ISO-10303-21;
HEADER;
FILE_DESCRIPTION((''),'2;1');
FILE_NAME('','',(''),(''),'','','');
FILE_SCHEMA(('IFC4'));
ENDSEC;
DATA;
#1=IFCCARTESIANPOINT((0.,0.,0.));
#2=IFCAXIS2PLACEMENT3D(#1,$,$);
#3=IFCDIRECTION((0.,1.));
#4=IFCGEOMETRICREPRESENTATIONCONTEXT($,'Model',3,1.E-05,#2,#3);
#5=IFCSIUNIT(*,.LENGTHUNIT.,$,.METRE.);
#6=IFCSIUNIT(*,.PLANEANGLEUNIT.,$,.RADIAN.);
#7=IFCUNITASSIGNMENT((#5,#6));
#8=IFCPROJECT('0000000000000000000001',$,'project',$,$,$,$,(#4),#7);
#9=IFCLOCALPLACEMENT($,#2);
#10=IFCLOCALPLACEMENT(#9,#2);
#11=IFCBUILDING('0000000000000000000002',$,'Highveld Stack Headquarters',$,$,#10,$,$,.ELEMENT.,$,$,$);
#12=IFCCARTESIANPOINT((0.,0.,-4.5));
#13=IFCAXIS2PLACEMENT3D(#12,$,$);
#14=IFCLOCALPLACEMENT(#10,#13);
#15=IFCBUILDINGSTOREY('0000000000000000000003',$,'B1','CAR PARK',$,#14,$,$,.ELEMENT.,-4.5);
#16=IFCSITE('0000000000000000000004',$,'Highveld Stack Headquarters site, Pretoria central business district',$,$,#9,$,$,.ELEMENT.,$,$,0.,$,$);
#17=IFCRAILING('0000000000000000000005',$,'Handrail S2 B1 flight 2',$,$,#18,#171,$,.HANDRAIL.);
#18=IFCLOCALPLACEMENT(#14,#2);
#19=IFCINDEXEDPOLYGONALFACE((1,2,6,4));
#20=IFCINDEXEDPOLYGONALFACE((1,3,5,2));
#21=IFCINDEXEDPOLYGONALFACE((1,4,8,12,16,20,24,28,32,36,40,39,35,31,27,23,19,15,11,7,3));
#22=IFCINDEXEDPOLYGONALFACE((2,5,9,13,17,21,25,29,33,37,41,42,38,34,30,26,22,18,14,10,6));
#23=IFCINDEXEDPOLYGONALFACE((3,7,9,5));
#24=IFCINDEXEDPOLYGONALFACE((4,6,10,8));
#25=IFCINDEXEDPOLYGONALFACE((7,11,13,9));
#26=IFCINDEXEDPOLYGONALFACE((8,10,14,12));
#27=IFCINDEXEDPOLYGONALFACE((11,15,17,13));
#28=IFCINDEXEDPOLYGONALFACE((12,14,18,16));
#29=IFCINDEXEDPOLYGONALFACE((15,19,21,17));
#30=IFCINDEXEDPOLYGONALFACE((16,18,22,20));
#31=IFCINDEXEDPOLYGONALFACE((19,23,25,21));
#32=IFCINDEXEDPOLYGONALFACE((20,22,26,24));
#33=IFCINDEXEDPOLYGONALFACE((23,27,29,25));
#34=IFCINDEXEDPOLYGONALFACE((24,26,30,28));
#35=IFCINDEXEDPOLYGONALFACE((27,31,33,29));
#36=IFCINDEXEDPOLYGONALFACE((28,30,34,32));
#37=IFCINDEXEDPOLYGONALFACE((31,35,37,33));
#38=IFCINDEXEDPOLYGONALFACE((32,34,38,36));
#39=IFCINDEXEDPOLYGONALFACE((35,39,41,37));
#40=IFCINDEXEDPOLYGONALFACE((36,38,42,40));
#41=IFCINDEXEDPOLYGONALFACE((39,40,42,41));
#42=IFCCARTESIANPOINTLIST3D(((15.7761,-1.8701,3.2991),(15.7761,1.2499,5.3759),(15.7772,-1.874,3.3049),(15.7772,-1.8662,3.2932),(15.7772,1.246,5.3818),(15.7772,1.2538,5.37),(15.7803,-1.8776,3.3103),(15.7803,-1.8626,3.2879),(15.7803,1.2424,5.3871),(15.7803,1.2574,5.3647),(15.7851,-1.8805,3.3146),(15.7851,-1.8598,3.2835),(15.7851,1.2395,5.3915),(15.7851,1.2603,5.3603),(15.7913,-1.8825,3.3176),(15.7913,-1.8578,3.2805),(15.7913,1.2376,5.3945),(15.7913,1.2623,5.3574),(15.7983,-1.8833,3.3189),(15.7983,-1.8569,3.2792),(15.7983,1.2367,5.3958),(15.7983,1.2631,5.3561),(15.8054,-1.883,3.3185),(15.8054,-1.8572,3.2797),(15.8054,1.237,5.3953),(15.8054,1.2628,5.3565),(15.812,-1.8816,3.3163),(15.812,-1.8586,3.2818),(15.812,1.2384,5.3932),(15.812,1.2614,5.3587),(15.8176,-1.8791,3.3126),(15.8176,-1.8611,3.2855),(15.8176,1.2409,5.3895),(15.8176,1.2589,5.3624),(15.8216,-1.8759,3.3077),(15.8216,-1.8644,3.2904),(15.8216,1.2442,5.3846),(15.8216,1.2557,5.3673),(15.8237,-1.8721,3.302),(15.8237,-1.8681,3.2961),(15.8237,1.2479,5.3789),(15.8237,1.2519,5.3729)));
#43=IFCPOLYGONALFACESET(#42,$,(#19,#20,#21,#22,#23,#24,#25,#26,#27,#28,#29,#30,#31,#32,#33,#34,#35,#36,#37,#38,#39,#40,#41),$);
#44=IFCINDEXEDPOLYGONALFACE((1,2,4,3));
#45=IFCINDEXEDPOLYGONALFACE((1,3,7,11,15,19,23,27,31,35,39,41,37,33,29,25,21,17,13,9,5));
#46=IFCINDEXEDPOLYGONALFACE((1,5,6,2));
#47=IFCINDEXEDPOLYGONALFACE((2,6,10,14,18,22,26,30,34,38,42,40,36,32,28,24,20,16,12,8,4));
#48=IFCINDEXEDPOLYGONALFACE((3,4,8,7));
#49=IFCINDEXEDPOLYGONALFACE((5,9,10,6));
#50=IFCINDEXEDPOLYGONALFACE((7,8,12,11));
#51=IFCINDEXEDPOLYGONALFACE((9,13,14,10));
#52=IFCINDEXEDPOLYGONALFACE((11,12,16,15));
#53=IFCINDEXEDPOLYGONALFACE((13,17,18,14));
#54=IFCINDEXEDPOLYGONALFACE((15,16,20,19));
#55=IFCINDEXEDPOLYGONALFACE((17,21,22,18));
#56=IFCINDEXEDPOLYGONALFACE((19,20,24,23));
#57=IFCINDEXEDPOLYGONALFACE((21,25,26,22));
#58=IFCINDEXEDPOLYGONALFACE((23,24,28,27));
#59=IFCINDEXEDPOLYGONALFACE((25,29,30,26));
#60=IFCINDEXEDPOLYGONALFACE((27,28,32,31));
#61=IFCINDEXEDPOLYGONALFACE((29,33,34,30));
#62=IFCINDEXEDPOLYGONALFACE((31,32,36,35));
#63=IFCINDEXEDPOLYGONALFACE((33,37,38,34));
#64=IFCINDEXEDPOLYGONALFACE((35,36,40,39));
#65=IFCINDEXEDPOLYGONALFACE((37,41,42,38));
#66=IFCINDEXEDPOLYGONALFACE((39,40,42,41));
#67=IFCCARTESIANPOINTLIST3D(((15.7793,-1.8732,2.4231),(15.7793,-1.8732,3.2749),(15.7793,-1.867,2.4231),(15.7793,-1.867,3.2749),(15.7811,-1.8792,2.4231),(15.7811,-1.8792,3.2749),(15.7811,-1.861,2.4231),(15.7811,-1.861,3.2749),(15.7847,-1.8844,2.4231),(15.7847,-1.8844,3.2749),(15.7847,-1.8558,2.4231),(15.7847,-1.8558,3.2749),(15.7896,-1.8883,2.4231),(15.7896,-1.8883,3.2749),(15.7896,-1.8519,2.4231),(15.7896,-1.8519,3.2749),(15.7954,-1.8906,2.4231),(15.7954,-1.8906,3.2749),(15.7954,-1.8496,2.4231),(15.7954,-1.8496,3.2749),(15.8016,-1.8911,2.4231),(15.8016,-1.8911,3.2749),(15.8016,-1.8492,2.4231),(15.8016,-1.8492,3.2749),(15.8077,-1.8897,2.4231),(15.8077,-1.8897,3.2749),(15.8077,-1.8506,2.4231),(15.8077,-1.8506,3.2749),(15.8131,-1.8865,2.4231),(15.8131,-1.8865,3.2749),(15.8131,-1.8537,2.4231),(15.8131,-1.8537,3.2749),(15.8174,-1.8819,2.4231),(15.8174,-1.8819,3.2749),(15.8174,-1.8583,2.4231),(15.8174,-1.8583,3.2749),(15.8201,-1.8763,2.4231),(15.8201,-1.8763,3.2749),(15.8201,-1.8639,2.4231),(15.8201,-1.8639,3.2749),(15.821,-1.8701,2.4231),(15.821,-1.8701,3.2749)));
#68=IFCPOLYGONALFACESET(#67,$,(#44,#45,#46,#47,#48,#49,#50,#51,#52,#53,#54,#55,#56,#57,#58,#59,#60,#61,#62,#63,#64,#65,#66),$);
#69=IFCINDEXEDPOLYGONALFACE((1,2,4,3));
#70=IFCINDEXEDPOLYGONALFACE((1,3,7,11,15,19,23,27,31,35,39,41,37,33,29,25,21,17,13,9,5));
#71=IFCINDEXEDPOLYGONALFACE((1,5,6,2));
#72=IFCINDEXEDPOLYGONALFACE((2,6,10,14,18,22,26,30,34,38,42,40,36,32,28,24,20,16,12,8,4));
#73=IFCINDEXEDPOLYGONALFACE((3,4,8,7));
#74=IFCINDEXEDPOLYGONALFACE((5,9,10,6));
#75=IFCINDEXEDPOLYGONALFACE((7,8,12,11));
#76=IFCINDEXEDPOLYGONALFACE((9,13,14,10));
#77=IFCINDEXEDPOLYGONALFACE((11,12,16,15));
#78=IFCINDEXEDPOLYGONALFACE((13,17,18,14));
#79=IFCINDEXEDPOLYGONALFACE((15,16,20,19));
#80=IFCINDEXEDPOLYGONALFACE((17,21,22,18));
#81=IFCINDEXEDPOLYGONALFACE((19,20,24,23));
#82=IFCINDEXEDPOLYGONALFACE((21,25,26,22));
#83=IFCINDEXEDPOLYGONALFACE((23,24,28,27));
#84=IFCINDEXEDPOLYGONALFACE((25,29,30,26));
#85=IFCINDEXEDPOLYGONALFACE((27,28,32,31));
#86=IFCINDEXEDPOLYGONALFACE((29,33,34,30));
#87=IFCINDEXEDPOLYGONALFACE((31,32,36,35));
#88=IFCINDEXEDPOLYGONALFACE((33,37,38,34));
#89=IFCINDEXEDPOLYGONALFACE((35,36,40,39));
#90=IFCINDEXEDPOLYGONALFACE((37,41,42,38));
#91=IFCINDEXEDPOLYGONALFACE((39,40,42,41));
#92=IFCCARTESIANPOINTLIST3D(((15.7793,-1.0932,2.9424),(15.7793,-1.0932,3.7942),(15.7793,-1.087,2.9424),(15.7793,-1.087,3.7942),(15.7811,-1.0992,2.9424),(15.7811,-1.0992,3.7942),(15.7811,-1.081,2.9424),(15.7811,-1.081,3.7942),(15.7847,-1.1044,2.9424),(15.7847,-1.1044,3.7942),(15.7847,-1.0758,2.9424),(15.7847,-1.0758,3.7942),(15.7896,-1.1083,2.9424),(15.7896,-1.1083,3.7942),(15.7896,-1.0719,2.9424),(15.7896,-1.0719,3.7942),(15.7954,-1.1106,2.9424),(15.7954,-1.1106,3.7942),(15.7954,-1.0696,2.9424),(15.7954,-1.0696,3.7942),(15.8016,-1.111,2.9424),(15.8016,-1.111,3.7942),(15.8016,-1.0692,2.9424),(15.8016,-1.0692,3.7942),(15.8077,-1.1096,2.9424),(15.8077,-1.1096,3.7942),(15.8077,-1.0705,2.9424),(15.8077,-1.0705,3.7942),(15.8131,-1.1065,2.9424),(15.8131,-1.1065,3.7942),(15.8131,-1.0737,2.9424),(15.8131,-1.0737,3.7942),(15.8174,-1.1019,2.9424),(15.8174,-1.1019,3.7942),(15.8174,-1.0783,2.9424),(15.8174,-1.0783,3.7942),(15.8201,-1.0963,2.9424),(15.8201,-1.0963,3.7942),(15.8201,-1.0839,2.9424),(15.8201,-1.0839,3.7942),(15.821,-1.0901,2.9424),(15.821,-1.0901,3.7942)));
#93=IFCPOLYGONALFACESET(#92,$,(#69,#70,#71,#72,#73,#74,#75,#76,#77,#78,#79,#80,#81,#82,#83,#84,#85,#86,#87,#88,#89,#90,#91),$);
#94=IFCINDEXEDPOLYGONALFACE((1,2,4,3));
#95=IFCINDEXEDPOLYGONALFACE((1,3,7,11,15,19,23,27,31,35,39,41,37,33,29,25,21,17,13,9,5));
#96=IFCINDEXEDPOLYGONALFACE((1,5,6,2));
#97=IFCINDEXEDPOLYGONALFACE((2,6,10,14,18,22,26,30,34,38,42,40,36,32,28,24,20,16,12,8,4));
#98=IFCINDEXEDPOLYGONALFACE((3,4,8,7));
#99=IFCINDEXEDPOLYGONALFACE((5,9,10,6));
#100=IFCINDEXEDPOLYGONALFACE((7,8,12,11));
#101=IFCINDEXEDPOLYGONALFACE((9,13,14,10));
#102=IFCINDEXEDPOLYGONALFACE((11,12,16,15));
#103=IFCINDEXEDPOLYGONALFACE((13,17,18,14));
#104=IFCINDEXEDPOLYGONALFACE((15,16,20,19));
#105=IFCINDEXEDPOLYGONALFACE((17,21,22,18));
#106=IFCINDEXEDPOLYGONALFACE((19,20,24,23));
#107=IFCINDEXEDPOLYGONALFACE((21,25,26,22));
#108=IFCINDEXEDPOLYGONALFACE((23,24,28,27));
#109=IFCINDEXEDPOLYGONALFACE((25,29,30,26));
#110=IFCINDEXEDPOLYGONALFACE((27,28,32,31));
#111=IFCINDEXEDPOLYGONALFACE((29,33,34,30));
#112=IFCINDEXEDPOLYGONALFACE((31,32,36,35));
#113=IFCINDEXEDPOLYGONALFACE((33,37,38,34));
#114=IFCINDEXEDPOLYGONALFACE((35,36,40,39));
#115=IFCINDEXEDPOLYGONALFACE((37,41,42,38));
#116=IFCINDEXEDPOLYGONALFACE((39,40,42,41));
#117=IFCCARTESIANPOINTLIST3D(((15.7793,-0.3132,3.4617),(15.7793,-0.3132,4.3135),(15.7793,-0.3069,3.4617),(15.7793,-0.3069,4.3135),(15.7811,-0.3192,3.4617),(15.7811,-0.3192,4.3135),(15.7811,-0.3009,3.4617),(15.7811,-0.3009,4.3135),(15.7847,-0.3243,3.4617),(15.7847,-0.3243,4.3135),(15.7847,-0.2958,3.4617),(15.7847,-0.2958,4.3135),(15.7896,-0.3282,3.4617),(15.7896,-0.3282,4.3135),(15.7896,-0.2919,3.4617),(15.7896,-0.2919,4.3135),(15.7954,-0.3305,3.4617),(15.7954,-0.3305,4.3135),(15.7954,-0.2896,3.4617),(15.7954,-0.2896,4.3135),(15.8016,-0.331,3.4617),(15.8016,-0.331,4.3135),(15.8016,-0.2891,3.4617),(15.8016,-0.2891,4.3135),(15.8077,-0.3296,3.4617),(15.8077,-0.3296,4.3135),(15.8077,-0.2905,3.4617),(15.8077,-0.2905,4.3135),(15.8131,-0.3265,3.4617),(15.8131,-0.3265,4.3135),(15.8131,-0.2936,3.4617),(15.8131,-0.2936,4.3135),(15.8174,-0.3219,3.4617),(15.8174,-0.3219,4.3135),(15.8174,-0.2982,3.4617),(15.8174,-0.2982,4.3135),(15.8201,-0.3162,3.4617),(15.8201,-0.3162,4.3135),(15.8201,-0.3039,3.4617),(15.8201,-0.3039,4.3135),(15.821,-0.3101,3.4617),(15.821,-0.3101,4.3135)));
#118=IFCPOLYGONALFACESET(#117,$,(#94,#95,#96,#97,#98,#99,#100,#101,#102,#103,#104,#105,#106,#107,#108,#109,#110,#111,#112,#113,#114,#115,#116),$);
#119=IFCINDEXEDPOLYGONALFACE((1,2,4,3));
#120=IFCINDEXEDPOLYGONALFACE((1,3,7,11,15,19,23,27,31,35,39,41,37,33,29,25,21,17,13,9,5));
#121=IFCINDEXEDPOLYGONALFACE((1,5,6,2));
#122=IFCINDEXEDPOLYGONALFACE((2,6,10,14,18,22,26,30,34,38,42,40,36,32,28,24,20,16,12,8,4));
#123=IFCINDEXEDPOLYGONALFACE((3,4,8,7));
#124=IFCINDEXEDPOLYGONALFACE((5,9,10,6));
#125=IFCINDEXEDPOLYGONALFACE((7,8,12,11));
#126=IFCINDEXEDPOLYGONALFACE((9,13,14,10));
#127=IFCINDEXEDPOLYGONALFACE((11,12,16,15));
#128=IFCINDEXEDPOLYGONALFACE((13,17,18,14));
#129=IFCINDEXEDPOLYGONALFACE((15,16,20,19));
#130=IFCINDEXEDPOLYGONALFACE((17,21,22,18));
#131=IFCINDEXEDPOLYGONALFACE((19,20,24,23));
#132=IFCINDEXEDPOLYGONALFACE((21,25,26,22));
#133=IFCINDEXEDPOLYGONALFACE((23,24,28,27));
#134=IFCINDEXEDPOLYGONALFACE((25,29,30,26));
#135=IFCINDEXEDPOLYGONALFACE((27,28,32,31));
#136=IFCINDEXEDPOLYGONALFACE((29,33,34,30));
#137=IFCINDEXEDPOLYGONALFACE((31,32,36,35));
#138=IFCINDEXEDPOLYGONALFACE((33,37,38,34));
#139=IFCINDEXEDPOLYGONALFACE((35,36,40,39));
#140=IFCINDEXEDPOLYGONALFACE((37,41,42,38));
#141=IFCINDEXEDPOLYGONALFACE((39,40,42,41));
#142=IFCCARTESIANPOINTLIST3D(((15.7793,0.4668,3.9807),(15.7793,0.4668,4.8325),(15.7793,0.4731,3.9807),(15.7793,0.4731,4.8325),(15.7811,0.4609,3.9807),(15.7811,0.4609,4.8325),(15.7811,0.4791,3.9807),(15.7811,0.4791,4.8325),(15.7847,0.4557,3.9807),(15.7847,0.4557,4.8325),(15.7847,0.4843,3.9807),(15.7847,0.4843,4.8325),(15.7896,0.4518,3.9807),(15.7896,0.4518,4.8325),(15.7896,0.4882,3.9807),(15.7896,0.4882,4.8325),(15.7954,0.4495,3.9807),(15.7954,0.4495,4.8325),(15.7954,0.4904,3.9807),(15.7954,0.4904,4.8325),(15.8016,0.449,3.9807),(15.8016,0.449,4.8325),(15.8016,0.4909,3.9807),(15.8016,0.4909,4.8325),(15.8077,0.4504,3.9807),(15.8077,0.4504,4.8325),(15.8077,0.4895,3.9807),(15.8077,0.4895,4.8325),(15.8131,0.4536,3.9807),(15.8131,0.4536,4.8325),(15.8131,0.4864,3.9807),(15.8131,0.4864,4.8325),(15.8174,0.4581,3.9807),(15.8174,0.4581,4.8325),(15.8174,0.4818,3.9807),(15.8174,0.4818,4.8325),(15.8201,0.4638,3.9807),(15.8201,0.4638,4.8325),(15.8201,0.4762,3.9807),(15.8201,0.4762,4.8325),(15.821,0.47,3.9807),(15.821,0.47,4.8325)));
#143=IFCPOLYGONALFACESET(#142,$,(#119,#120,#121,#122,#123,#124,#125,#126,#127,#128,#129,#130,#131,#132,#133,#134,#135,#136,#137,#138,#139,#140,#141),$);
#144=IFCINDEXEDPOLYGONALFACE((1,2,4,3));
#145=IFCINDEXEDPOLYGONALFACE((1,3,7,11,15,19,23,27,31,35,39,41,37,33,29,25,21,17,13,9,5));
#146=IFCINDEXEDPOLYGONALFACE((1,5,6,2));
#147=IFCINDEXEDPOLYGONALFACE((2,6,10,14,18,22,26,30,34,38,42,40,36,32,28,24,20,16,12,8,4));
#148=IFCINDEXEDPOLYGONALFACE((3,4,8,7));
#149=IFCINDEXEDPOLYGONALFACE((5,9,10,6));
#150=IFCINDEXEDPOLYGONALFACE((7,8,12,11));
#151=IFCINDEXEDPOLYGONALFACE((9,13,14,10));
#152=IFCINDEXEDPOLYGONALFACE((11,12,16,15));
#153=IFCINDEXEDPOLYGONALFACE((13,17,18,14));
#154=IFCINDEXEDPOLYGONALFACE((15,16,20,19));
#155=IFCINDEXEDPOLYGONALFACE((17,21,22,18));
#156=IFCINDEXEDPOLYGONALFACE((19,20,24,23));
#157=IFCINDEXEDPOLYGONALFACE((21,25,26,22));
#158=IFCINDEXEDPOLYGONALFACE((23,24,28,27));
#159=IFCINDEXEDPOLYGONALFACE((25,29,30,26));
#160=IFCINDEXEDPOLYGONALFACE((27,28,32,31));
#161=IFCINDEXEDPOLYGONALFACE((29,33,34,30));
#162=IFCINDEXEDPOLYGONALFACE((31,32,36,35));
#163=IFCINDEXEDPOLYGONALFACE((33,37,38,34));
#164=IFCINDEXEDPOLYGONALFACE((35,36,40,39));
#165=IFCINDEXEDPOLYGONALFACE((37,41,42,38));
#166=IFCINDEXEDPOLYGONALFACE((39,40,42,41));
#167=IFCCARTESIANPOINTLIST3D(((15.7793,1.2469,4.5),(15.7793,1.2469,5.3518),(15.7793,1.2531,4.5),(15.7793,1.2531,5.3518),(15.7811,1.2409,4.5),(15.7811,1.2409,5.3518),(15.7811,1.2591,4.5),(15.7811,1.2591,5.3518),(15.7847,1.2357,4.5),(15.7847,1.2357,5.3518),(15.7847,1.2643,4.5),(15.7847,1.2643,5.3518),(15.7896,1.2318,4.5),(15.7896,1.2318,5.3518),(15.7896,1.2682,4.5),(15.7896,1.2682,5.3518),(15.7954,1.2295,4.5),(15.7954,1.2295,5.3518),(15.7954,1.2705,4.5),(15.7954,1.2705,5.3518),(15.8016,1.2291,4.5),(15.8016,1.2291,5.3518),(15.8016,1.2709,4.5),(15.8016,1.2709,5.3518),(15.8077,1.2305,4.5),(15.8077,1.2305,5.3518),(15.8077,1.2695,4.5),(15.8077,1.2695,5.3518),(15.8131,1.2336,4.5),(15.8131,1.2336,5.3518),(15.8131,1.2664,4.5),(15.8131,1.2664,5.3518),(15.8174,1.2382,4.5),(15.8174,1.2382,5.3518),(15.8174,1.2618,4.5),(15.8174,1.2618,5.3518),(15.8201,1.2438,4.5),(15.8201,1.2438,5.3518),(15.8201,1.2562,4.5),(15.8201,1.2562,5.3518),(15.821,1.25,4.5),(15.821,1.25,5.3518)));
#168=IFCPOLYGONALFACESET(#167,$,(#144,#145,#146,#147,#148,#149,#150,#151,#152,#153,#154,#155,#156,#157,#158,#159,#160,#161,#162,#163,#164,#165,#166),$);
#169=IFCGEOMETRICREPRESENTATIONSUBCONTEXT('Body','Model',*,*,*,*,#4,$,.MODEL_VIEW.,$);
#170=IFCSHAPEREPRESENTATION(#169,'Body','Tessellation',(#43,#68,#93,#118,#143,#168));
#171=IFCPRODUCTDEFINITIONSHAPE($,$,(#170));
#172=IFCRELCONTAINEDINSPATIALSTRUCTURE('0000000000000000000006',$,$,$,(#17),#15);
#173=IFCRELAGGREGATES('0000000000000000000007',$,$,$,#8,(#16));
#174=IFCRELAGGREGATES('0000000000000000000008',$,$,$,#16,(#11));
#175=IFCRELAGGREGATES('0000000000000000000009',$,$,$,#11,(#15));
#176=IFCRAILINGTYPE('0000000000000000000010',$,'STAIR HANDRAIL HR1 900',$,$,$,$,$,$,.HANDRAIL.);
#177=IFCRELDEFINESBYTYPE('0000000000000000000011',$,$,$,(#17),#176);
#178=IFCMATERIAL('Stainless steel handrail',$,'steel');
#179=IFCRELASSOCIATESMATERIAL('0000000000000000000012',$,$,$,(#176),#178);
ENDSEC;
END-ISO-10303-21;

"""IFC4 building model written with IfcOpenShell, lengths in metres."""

from ifc_helpers import new_model, si_unit, direction, frame, origin, origin_2d, place, context, subcontext, project, spatial, circle, extrude, material, type_object, element, save


model = new_model("IFC4")

# Units and contexts
model_context = context("Model", 3, precision=1e-05, world=origin(), true_north=direction((0.0, 1.0)))
body_context = subcontext(model_context, "Body", "Model", "MODEL_VIEW")
ifc_project = project(units=[si_unit("LENGTHUNIT", "METRE"), si_unit("PLANEANGLEUNIT", "RADIAN")], contexts=[model_context])

# Site, building, storey
site_placement = place(None, origin())
site = spatial("IfcSite", under=ifc_project, at=site_placement, Name="Highveld Stack Headquarters site, Pretoria central business district", CompositionType="ELEMENT", RefElevation=0.0)
building_placement = place(site_placement, origin())
building = spatial("IfcBuilding", under=site, at=building_placement, Name="Highveld Stack Headquarters", CompositionType="ELEMENT")
storey_placement = place(building_placement, frame((0.0, 0.0, -4.5)))
storey = spatial("IfcBuildingStorey", under=building, at=storey_placement, Name="B1", Description="CAR PARK", CompositionType="ELEMENT", Elevation=-4.5)

# Railing
ifc_material_1 = material(Name="Stainless steel handrail", Category="steel")
railing_type = type_object("IfcRailingType", Name="STAIR HANDRAIL HR1 900", PredefinedType="HANDRAIL", material=ifc_material_1)
for number, where, name in (
    (1, (15.8, -1.8701, 2.4231), "Handrail S2 B1 flight 2"),
):
    element("IfcRailing", number, at=place(storey_placement, frame(where)), inside=storey, type_object=railing_type, Name=name, PredefinedType="HANDRAIL", context=body_context, shape_type="SweptSolid", body=[
        extrude(circle(Radius=0.0239, at=origin_2d()), frame((0.0, 0.0, 0.876), z_axis=(0.0, 0.832441, 0.554114), x_axis=(-1.0, 0.0, 0.0)), (0.0, 0.0, 1.0), 3.748),
        extrude(circle(Radius=0.021, at=origin_2d()), origin(), (0.0, 0.0, 1.0), 0.8518),
        extrude(circle(Radius=0.021, at=origin_2d()), frame((0.0, 0.78, 0.5193)), (0.0, 0.0, 1.0), 0.8518),
        extrude(circle(Radius=0.021, at=origin_2d()), frame((0.0, 1.5601, 1.0386)), (0.0, 0.0, 1.0), 0.8518),
        extrude(circle(Radius=0.021, at=origin_2d()), frame((0.0, 2.3401, 1.5576)), (0.0, 0.0, 1.0), 0.8518),
        extrude(circle(Radius=0.021, at=origin_2d()), frame((0.0, 3.1201, 2.0769)), (0.0, 0.0, 1.0), 0.8518),
    ])

save(model, "model.ifc")
